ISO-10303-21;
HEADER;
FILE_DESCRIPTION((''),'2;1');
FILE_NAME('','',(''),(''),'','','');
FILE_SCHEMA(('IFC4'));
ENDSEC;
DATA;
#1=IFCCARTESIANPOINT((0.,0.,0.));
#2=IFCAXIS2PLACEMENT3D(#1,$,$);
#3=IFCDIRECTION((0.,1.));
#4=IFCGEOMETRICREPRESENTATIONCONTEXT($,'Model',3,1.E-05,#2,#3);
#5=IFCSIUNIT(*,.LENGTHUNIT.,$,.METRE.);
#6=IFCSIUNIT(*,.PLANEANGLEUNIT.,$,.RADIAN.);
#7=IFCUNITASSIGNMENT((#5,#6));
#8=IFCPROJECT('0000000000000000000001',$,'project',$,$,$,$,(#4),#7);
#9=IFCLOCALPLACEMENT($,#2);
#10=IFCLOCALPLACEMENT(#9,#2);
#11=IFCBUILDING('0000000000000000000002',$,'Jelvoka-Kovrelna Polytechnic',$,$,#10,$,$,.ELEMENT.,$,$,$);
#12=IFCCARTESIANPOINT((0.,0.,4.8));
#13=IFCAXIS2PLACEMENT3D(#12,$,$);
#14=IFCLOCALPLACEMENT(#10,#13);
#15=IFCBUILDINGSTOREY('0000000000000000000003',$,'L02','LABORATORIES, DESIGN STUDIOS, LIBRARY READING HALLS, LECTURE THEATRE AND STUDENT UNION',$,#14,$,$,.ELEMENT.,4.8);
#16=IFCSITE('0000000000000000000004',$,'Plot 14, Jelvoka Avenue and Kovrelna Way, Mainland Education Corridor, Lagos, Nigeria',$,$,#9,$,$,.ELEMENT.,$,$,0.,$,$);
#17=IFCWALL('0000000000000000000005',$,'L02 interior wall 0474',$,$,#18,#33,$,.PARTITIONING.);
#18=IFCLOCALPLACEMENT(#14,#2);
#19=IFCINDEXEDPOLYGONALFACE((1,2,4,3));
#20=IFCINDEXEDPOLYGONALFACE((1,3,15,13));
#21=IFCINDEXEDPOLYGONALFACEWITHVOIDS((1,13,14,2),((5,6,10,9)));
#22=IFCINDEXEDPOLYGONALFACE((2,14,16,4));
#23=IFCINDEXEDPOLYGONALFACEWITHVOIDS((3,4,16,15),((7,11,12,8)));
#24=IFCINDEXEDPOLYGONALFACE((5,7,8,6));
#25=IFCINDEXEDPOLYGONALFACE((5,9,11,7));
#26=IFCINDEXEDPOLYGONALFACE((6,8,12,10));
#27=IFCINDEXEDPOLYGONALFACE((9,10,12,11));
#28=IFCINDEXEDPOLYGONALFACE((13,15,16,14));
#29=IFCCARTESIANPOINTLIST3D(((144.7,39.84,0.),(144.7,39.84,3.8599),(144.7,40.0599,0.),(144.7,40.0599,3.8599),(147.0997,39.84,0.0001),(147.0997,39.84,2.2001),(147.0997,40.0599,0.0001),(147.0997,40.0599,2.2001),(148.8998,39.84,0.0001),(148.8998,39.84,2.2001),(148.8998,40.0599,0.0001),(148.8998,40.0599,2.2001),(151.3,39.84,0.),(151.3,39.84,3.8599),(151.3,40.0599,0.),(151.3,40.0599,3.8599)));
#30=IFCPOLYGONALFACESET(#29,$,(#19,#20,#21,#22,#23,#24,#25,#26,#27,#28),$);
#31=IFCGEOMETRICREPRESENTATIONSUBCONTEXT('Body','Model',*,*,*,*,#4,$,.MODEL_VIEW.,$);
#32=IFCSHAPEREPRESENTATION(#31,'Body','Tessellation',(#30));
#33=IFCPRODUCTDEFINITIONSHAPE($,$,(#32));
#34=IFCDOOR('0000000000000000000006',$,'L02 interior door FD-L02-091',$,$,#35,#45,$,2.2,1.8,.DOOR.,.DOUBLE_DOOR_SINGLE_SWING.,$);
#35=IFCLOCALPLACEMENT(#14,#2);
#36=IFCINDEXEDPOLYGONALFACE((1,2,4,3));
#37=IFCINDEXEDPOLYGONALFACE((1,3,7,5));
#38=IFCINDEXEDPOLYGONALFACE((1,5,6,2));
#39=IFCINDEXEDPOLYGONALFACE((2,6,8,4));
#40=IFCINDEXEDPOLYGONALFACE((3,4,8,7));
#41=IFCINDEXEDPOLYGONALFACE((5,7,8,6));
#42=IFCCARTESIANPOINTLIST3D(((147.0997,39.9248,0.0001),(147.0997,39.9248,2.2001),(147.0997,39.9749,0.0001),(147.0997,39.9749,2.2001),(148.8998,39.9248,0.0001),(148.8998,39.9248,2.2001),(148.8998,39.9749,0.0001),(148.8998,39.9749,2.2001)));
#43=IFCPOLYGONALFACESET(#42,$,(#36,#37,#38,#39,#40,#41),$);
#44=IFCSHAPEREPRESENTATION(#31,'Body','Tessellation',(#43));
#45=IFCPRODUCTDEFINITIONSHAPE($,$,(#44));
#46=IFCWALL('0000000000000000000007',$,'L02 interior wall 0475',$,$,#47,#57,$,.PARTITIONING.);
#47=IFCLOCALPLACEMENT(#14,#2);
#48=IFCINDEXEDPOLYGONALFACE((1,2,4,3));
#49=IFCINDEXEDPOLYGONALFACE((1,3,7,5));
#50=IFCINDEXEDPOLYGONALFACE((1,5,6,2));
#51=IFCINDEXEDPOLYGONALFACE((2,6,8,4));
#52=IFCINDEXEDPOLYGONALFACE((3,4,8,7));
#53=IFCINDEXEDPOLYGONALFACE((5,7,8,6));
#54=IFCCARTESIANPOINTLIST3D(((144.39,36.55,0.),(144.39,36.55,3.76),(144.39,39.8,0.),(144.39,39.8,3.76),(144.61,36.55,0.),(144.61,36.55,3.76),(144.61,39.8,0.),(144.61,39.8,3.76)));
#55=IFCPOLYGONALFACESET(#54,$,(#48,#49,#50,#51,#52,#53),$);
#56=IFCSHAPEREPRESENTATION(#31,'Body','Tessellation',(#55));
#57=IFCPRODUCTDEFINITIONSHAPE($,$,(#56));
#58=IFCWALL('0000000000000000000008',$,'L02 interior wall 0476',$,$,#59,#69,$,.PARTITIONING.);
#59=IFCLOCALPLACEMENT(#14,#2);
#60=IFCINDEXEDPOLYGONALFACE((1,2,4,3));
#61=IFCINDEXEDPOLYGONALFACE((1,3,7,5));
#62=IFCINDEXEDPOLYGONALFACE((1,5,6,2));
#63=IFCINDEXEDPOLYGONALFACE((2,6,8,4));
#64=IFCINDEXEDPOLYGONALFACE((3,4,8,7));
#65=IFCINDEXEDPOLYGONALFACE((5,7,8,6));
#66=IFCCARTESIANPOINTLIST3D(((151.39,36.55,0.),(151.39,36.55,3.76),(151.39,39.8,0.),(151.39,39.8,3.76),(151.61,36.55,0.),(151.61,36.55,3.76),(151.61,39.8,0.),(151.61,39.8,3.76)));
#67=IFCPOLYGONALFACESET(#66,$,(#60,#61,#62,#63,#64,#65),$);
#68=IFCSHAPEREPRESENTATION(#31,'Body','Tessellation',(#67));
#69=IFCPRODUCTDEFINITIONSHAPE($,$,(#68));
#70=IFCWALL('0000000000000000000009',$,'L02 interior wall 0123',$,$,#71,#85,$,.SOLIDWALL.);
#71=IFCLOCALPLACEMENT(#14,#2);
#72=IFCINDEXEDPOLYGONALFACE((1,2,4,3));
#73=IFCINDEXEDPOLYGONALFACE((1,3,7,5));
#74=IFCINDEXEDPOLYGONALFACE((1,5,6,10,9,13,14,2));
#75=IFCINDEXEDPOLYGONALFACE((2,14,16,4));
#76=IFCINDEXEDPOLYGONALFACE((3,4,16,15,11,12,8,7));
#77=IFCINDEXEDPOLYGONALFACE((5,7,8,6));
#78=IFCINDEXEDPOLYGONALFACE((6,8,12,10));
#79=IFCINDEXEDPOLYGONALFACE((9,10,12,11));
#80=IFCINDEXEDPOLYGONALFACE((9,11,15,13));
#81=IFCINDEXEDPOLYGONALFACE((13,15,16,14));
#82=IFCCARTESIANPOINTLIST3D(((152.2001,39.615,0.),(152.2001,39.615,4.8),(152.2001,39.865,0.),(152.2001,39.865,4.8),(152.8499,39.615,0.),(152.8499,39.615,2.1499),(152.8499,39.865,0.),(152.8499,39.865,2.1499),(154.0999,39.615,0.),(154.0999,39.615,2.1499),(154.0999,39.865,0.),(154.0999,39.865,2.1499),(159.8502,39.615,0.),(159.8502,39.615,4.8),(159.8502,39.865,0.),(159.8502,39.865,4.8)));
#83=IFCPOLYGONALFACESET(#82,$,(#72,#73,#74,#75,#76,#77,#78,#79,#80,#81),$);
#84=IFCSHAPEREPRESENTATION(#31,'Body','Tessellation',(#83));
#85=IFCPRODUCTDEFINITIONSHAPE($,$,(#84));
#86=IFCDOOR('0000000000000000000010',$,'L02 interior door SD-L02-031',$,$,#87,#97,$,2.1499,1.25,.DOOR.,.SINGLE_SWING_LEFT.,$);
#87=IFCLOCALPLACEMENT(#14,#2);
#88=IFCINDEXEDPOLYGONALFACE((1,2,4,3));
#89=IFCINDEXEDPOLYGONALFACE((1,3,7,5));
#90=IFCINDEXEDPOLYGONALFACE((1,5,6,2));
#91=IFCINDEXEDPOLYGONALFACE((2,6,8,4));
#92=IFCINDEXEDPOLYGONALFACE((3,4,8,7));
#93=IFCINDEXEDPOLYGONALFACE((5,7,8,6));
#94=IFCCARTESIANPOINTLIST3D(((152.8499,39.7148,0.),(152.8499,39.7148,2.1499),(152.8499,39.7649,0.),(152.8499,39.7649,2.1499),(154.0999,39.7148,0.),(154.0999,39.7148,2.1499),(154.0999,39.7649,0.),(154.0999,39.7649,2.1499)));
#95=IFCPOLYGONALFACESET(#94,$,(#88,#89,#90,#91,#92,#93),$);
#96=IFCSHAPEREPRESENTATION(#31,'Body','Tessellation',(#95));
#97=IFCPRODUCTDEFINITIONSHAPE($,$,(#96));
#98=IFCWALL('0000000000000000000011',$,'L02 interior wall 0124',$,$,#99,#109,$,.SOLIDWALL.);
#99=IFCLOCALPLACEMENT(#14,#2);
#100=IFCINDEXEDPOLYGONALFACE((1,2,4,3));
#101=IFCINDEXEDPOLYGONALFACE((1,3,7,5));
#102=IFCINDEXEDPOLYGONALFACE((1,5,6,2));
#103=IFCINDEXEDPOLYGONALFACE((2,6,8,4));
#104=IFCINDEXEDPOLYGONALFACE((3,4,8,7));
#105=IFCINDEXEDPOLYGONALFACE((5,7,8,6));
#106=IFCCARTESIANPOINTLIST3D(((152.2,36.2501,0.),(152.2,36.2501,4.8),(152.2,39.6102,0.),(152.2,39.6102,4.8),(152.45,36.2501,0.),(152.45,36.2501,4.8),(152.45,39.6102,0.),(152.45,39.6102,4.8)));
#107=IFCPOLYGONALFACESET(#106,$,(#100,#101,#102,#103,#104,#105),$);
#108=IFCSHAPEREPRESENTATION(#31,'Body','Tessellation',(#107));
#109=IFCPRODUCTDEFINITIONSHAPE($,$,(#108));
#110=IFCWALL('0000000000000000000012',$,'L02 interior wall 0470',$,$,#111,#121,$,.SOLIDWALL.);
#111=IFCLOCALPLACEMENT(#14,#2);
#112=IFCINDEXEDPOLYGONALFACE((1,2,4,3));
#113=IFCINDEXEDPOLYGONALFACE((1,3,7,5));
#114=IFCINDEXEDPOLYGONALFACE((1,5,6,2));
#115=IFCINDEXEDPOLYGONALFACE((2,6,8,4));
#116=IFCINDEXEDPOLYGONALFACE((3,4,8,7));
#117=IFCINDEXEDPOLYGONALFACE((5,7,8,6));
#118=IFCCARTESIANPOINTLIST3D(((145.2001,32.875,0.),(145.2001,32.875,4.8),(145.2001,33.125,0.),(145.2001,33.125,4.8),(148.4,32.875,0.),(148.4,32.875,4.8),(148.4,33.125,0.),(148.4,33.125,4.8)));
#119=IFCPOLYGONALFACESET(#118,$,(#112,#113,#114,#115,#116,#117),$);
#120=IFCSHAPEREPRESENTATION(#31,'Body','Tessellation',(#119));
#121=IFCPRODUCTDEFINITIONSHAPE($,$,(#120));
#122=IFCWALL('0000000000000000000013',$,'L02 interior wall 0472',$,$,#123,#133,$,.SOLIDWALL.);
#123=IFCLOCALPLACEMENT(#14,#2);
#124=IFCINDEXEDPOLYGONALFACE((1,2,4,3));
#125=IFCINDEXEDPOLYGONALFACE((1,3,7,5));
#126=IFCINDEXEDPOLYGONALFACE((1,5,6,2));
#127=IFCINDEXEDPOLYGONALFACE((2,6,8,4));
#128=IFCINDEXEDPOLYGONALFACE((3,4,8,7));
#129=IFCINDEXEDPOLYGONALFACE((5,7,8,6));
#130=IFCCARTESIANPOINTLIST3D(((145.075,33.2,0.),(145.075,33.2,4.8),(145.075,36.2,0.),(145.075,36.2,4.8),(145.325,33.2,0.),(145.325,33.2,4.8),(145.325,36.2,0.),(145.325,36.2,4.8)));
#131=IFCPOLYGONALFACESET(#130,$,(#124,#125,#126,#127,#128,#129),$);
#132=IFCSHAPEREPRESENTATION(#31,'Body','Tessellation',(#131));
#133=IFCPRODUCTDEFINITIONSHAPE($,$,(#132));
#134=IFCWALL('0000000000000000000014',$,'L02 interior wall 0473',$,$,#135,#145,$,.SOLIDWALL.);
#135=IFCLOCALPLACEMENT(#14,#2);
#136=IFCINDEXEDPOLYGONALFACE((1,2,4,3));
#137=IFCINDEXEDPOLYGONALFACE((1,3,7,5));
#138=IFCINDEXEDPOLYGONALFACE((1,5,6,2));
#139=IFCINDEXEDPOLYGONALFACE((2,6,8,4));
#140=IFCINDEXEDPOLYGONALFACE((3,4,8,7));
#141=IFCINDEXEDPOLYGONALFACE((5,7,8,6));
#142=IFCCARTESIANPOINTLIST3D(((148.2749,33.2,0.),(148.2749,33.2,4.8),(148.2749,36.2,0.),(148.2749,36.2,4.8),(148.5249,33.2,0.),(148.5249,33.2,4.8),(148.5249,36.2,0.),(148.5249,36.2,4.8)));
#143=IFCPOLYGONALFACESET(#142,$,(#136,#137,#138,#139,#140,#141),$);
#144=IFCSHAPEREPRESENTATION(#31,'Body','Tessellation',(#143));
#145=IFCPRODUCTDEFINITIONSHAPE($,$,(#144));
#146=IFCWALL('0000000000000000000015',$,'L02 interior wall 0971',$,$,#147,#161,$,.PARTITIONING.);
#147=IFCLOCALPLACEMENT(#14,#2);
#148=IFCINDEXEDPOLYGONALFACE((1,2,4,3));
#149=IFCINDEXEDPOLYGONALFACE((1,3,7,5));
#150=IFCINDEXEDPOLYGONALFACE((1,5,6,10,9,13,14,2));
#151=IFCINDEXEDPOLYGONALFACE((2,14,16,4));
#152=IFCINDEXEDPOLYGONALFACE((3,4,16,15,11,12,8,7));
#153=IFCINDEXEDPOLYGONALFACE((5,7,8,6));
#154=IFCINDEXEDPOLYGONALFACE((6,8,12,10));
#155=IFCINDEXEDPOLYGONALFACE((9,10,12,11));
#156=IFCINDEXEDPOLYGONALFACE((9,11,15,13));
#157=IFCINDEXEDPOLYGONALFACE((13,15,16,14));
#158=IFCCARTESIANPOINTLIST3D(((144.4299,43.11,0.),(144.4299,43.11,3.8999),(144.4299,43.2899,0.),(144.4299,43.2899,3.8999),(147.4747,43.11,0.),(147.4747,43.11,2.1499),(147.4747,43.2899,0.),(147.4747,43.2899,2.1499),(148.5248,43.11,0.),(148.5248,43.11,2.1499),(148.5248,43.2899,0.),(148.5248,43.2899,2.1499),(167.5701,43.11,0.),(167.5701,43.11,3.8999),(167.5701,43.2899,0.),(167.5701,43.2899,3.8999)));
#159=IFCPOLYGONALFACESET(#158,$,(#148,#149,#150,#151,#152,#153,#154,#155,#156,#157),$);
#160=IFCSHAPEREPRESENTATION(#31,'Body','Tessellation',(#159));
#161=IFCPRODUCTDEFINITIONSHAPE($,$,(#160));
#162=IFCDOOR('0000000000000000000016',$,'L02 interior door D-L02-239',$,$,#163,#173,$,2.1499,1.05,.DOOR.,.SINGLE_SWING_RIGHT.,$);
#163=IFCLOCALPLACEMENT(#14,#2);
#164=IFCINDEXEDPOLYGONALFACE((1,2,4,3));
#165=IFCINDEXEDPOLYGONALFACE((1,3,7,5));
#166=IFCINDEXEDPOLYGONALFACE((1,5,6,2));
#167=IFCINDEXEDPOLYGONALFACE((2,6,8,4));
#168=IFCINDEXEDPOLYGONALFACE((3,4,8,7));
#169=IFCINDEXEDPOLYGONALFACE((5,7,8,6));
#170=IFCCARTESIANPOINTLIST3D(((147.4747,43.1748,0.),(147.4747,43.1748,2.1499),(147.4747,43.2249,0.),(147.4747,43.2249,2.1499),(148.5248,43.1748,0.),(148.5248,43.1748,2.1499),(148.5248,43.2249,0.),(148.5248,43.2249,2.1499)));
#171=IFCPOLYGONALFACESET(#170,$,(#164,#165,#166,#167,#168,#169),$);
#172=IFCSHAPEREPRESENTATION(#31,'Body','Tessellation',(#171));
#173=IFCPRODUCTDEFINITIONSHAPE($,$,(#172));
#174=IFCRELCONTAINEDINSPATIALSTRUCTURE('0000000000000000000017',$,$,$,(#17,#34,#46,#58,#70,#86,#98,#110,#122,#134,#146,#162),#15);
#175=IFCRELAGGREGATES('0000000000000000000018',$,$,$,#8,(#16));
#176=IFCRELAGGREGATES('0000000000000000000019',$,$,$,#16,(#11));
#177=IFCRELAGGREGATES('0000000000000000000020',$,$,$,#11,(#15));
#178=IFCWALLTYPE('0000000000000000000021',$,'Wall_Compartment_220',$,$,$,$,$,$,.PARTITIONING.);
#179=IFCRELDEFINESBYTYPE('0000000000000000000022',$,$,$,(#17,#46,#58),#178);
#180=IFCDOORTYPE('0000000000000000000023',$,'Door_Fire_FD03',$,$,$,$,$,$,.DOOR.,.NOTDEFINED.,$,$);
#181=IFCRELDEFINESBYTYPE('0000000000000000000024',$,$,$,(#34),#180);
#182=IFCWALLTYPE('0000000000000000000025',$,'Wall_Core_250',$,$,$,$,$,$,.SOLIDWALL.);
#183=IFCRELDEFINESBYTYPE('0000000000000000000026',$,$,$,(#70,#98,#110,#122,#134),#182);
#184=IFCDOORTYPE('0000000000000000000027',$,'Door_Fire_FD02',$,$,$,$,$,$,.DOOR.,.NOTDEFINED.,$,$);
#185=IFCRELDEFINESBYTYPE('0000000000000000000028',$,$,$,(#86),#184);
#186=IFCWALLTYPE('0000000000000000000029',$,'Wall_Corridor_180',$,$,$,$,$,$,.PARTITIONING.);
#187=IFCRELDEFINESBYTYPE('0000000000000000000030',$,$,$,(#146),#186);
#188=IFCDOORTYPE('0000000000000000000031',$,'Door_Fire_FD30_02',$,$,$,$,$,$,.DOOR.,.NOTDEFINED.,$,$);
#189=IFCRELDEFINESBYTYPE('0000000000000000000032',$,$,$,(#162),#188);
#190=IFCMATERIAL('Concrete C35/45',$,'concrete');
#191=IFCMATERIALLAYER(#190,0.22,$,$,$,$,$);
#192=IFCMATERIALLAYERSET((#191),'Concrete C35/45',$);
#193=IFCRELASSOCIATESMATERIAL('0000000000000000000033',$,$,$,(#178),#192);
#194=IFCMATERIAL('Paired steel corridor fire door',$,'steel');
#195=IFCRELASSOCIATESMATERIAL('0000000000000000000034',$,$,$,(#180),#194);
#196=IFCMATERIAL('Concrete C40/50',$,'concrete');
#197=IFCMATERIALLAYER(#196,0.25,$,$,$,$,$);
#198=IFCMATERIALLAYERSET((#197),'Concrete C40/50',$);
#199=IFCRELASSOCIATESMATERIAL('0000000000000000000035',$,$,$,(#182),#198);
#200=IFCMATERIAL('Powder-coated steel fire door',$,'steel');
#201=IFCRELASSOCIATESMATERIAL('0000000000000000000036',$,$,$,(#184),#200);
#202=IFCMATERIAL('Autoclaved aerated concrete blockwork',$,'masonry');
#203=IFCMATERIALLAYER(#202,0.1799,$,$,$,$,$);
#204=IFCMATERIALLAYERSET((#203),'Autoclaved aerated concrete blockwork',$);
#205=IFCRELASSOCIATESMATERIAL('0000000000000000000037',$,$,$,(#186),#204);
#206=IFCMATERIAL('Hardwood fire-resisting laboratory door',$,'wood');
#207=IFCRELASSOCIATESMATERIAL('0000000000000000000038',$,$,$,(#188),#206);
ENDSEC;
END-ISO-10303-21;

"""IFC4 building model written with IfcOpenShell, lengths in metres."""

from ifc_helpers import new_model, si_unit, direction, frame, frame_2d, origin, place, context, subcontext, project, spatial, rectangle, extrude, material, layer, layer_set, type_object, element, fill, save


model = new_model("IFC4")

# Units and contexts
model_context = context("Model", 3, precision=1e-05, world=origin(), true_north=direction((0.0, 1.0)))
body_context = subcontext(model_context, "Body", "Model", "MODEL_VIEW")
ifc_project = project(units=[si_unit("LENGTHUNIT", "METRE"), si_unit("PLANEANGLEUNIT", "RADIAN")], contexts=[model_context])

# Site, building, storey
site_placement = place(None, origin())
site = spatial("IfcSite", under=ifc_project, at=site_placement, Name="Plot 14, Jelvoka Avenue and Kovrelna Way, Mainland Education Corridor, Lagos, Nigeria", CompositionType="ELEMENT", RefElevation=0.0)
building_placement = place(site_placement, origin())
building = spatial("IfcBuilding", under=site, at=building_placement, Name="Jelvoka-Kovrelna Polytechnic", CompositionType="ELEMENT")
storey_placement = place(building_placement, frame((0.0, 0.0, 4.8)))
storey = spatial("IfcBuildingStorey", under=building, at=storey_placement, Name="L02", Description="LABORATORIES, DESIGN STUDIOS, LIBRARY READING HALLS, LECTURE THEATRE AND STUDENT UNION", CompositionType="ELEMENT", Elevation=4.8)

# Wall, opening, door
ifc_material_1 = material(Name="Concrete C35/45", Category="concrete")
ifc_layer_1 = layer(ifc_material_1, 0.22)
ifc_layer_set_1 = layer_set([ifc_layer_1], Name="Concrete C35/45")
wall_type_1 = type_object("IfcWallType", Name="Wall_Compartment_220", PredefinedType="PARTITIONING", material=ifc_layer_set_1)
wall_1_placement = place(storey_placement, frame((144.7, 39.95, 0.0), z_axis=(0.0, 0.0, 1.0), x_axis=(1.0, 0.0, 0.0)))
wall_1 = element("IfcWall", 1, at=wall_1_placement, inside=storey, type_object=wall_type_1, Name="L02 interior wall 0474", PredefinedType="PARTITIONING", context=body_context, shape_type="SweptSolid", body=[
    extrude(rectangle(XDim=6.6001, YDim=0.22, at=frame_2d((3.3, 0.0))), origin(), (0.0, 0.0, 1.0), 3.8599),
])
opening_1_placement = place(wall_1_placement, frame((2.3999, 0.0, 0.0)))
opening_1 = element("IfcOpeningElement", 2, at=opening_1_placement, cuts=wall_1, PredefinedType="OPENING", context=body_context, shape_type="SweptSolid", body=[
    extrude(rectangle(XDim=1.8, YDim=2.2, at=frame_2d((0.8999, 1.1001))), frame((0.0, 0.1199, 0.0), z_axis=(0.0, -1.0, 0.0), x_axis=(1.0, 0.0, 0.0)), (0.0, 0.0, 1.0), 0.24),
])
ifc_material_2 = material(Name="Paired steel corridor fire door", Category="steel")
door_type_1 = type_object("IfcDoorType", Name="Door_Fire_FD03", OperationType="NOTDEFINED", PredefinedType="DOOR", material=ifc_material_2)
door_1_placement = place(opening_1_placement, origin())
door_1 = element("IfcDoor", 3, at=door_1_placement, inside=storey, type_object=door_type_1, Name="L02 interior door FD-L02-091", OperationType="DOUBLE_DOOR_SINGLE_SWING", OverallHeight=2.2, OverallWidth=1.8, PredefinedType="DOOR", context=body_context, shape_type="SweptSolid", body=[
    extrude(rectangle(XDim=1.8, YDim=2.2, at=frame_2d((0.8999, 1.1001))), frame((0.0, 0.0249, 0.0), z_axis=(0.0, -1.0, 0.0), x_axis=(1.0, 0.0, 0.0)), (0.0, 0.0, 1.0), 0.05),
])
fill(opening_1, door_1)

# Walls
for number, where, z_axis, x_axis, name in (
    (4, (144.5, 36.55, 0.0), (0.0, 0.0, 1.0), (0.0, 1.0, 0.0), "L02 interior wall 0475"),
    (5, (151.5, 36.55, 0.0), (0.0, 0.0, 1.0), (0.0, 1.0, 0.0), "L02 interior wall 0476"),
):
    element("IfcWall", number, at=place(storey_placement, frame(where, z_axis=z_axis, x_axis=x_axis)), inside=storey, type_object=wall_type_1, Name=name, PredefinedType="PARTITIONING", context=body_context, shape_type="SweptSolid", body=[
        extrude(rectangle(XDim=3.25, YDim=0.22, at=frame_2d((1.625, 0.0))), origin(), (0.0, 0.0, 1.0), 3.76),
    ])

# Wall, opening, door
ifc_material_3 = material(Name="Concrete C40/50", Category="concrete")
ifc_layer_2 = layer(ifc_material_3, 0.25)
ifc_layer_set_2 = layer_set([ifc_layer_2], Name="Concrete C40/50")
wall_type_2 = type_object("IfcWallType", Name="Wall_Core_250", PredefinedType="SOLIDWALL", material=ifc_layer_set_2)
wall_2_placement = place(storey_placement, frame((152.2, 39.74, 0.0), z_axis=(0.0, 0.0, 1.0), x_axis=(1.0, 0.0, 0.0)))
wall_2 = element("IfcWall", 6, at=wall_2_placement, inside=storey, type_object=wall_type_2, Name="L02 interior wall 0123", PredefinedType="SOLIDWALL", context=body_context, shape_type="SweptSolid", body=[
    extrude(rectangle(XDim=7.6501, YDim=0.25, at=frame_2d((3.8252, 0.0))), origin(), (0.0, 0.0, 1.0), 4.8),
])
opening_2_placement = place(wall_2_placement, frame((0.6499, 0.0, 0.0)))
opening_2 = element("IfcOpeningElement", 7, at=opening_2_placement, cuts=wall_2, PredefinedType="OPENING", context=body_context, shape_type="SweptSolid", body=[
    extrude(rectangle(XDim=1.25, YDim=2.1499, at=frame_2d((0.625, 1.075))), frame((0.0, 0.135, 0.0), z_axis=(0.0, -1.0, 0.0), x_axis=(1.0, 0.0, 0.0)), (0.0, 0.0, 1.0), 0.27),
])
ifc_material_4 = material(Name="Powder-coated steel fire door", Category="steel")
door_type_2 = type_object("IfcDoorType", Name="Door_Fire_FD02", OperationType="NOTDEFINED", PredefinedType="DOOR", material=ifc_material_4)
door_2_placement = place(opening_2_placement, origin())
door_2 = element("IfcDoor", 8, at=door_2_placement, inside=storey, type_object=door_type_2, Name="L02 interior door SD-L02-031", OperationType="SINGLE_SWING_LEFT", OverallHeight=2.1499, OverallWidth=1.25, PredefinedType="DOOR", context=body_context, shape_type="SweptSolid", body=[
    extrude(rectangle(XDim=1.25, YDim=2.1499, at=frame_2d((0.625, 1.075))), frame((0.0, 0.0249, 0.0), z_axis=(0.0, -1.0, 0.0), x_axis=(1.0, 0.0, 0.0)), (0.0, 0.0, 1.0), 0.05),
])
fill(opening_2, door_2)

# Walls
wall_3_placement = place(storey_placement, frame((152.325, 36.25, 0.0), z_axis=(0.0, 0.0, 1.0), x_axis=(0.0, 1.0, 0.0)))
element("IfcWall", 9, at=wall_3_placement, inside=storey, type_object=wall_type_2, Name="L02 interior wall 0124", PredefinedType="SOLIDWALL", context=body_context, shape_type="SweptSolid", body=[
    extrude(rectangle(XDim=3.3601, YDim=0.25, at=frame_2d((1.6802, 0.0))), origin(), (0.0, 0.0, 1.0), 4.8),
])
wall_4_placement = place(storey_placement, frame((145.2, 33.0, 0.0), z_axis=(0.0, 0.0, 1.0), x_axis=(1.0, 0.0, 0.0)))
element("IfcWall", 10, at=wall_4_placement, inside=storey, type_object=wall_type_2, Name="L02 interior wall 0470", PredefinedType="SOLIDWALL", context=body_context, shape_type="SweptSolid", body=[
    extrude(rectangle(XDim=3.2, YDim=0.25, at=frame_2d((1.6001, 0.0))), origin(), (0.0, 0.0, 1.0), 4.8),
])

# Walls
for number, where, z_axis, x_axis, name in (
    (11, (145.2, 33.2, 0.0), (0.0, 0.0, 1.0), (0.0, 1.0, 0.0), "L02 interior wall 0472"),
    (12, (148.3999, 33.2, 0.0), (0.0, 0.0, 1.0), (0.0, 1.0, 0.0), "L02 interior wall 0473"),
):
    element("IfcWall", number, at=place(storey_placement, frame(where, z_axis=z_axis, x_axis=x_axis)), inside=storey, type_object=wall_type_2, Name=name, PredefinedType="SOLIDWALL", context=body_context, shape_type="SweptSolid", body=[
        extrude(rectangle(XDim=3.0, YDim=0.25, at=frame_2d((1.5, 0.0))), origin(), (0.0, 0.0, 1.0), 4.8),
    ])

# Wall, opening, door
ifc_material_5 = material(Name="Autoclaved aerated concrete blockwork", Category="masonry")
ifc_layer_3 = layer(ifc_material_5, 0.1799)
ifc_layer_set_3 = layer_set([ifc_layer_3], Name="Autoclaved aerated concrete blockwork")
wall_type_3 = type_object("IfcWallType", Name="Wall_Corridor_180", PredefinedType="PARTITIONING", material=ifc_layer_set_3)
wall_5_placement = place(storey_placement, frame((144.4299, 43.2, 0.0), z_axis=(0.0, 0.0, 1.0), x_axis=(1.0, 0.0, 0.0)))
wall_5 = element("IfcWall", 13, at=wall_5_placement, inside=storey, type_object=wall_type_3, Name="L02 interior wall 0971", PredefinedType="PARTITIONING", context=body_context, shape_type="SweptSolid", body=[
    extrude(rectangle(XDim=23.1401, YDim=0.1799, at=frame_2d((11.5701, 0.0))), origin(), (0.0, 0.0, 1.0), 3.8999),
])
opening_3_placement = place(wall_5_placement, frame((3.0449, 0.0, 0.0)))
opening_3 = element("IfcOpeningElement", 14, at=opening_3_placement, cuts=wall_5, PredefinedType="OPENING", context=body_context, shape_type="SweptSolid", body=[
    extrude(rectangle(XDim=1.05, YDim=2.1499, at=frame_2d((0.5249, 1.075))), frame((0.0, 0.0999, 0.0), z_axis=(0.0, -1.0, 0.0), x_axis=(1.0, 0.0, 0.0)), (0.0, 0.0, 1.0), 0.2),
])
ifc_material_6 = material(Name="Hardwood fire-resisting laboratory door", Category="wood")
door_type_3 = type_object("IfcDoorType", Name="Door_Fire_FD30_02", OperationType="NOTDEFINED", PredefinedType="DOOR", material=ifc_material_6)
door_3_placement = place(opening_3_placement, origin())
door_3 = element("IfcDoor", 15, at=door_3_placement, inside=storey, type_object=door_type_3, Name="L02 interior door D-L02-239", OperationType="SINGLE_SWING_RIGHT", OverallHeight=2.1499, OverallWidth=1.05, PredefinedType="DOOR", context=body_context, shape_type="SweptSolid", body=[
    extrude(rectangle(XDim=1.05, YDim=2.1499, at=frame_2d((0.5249, 1.075))), frame((0.0, 0.0249, 0.0), z_axis=(0.0, -1.0, 0.0), x_axis=(1.0, 0.0, 0.0)), (0.0, 0.0, 1.0), 0.05),
])
fill(opening_3, door_3)

save(model, "model.ifc")
